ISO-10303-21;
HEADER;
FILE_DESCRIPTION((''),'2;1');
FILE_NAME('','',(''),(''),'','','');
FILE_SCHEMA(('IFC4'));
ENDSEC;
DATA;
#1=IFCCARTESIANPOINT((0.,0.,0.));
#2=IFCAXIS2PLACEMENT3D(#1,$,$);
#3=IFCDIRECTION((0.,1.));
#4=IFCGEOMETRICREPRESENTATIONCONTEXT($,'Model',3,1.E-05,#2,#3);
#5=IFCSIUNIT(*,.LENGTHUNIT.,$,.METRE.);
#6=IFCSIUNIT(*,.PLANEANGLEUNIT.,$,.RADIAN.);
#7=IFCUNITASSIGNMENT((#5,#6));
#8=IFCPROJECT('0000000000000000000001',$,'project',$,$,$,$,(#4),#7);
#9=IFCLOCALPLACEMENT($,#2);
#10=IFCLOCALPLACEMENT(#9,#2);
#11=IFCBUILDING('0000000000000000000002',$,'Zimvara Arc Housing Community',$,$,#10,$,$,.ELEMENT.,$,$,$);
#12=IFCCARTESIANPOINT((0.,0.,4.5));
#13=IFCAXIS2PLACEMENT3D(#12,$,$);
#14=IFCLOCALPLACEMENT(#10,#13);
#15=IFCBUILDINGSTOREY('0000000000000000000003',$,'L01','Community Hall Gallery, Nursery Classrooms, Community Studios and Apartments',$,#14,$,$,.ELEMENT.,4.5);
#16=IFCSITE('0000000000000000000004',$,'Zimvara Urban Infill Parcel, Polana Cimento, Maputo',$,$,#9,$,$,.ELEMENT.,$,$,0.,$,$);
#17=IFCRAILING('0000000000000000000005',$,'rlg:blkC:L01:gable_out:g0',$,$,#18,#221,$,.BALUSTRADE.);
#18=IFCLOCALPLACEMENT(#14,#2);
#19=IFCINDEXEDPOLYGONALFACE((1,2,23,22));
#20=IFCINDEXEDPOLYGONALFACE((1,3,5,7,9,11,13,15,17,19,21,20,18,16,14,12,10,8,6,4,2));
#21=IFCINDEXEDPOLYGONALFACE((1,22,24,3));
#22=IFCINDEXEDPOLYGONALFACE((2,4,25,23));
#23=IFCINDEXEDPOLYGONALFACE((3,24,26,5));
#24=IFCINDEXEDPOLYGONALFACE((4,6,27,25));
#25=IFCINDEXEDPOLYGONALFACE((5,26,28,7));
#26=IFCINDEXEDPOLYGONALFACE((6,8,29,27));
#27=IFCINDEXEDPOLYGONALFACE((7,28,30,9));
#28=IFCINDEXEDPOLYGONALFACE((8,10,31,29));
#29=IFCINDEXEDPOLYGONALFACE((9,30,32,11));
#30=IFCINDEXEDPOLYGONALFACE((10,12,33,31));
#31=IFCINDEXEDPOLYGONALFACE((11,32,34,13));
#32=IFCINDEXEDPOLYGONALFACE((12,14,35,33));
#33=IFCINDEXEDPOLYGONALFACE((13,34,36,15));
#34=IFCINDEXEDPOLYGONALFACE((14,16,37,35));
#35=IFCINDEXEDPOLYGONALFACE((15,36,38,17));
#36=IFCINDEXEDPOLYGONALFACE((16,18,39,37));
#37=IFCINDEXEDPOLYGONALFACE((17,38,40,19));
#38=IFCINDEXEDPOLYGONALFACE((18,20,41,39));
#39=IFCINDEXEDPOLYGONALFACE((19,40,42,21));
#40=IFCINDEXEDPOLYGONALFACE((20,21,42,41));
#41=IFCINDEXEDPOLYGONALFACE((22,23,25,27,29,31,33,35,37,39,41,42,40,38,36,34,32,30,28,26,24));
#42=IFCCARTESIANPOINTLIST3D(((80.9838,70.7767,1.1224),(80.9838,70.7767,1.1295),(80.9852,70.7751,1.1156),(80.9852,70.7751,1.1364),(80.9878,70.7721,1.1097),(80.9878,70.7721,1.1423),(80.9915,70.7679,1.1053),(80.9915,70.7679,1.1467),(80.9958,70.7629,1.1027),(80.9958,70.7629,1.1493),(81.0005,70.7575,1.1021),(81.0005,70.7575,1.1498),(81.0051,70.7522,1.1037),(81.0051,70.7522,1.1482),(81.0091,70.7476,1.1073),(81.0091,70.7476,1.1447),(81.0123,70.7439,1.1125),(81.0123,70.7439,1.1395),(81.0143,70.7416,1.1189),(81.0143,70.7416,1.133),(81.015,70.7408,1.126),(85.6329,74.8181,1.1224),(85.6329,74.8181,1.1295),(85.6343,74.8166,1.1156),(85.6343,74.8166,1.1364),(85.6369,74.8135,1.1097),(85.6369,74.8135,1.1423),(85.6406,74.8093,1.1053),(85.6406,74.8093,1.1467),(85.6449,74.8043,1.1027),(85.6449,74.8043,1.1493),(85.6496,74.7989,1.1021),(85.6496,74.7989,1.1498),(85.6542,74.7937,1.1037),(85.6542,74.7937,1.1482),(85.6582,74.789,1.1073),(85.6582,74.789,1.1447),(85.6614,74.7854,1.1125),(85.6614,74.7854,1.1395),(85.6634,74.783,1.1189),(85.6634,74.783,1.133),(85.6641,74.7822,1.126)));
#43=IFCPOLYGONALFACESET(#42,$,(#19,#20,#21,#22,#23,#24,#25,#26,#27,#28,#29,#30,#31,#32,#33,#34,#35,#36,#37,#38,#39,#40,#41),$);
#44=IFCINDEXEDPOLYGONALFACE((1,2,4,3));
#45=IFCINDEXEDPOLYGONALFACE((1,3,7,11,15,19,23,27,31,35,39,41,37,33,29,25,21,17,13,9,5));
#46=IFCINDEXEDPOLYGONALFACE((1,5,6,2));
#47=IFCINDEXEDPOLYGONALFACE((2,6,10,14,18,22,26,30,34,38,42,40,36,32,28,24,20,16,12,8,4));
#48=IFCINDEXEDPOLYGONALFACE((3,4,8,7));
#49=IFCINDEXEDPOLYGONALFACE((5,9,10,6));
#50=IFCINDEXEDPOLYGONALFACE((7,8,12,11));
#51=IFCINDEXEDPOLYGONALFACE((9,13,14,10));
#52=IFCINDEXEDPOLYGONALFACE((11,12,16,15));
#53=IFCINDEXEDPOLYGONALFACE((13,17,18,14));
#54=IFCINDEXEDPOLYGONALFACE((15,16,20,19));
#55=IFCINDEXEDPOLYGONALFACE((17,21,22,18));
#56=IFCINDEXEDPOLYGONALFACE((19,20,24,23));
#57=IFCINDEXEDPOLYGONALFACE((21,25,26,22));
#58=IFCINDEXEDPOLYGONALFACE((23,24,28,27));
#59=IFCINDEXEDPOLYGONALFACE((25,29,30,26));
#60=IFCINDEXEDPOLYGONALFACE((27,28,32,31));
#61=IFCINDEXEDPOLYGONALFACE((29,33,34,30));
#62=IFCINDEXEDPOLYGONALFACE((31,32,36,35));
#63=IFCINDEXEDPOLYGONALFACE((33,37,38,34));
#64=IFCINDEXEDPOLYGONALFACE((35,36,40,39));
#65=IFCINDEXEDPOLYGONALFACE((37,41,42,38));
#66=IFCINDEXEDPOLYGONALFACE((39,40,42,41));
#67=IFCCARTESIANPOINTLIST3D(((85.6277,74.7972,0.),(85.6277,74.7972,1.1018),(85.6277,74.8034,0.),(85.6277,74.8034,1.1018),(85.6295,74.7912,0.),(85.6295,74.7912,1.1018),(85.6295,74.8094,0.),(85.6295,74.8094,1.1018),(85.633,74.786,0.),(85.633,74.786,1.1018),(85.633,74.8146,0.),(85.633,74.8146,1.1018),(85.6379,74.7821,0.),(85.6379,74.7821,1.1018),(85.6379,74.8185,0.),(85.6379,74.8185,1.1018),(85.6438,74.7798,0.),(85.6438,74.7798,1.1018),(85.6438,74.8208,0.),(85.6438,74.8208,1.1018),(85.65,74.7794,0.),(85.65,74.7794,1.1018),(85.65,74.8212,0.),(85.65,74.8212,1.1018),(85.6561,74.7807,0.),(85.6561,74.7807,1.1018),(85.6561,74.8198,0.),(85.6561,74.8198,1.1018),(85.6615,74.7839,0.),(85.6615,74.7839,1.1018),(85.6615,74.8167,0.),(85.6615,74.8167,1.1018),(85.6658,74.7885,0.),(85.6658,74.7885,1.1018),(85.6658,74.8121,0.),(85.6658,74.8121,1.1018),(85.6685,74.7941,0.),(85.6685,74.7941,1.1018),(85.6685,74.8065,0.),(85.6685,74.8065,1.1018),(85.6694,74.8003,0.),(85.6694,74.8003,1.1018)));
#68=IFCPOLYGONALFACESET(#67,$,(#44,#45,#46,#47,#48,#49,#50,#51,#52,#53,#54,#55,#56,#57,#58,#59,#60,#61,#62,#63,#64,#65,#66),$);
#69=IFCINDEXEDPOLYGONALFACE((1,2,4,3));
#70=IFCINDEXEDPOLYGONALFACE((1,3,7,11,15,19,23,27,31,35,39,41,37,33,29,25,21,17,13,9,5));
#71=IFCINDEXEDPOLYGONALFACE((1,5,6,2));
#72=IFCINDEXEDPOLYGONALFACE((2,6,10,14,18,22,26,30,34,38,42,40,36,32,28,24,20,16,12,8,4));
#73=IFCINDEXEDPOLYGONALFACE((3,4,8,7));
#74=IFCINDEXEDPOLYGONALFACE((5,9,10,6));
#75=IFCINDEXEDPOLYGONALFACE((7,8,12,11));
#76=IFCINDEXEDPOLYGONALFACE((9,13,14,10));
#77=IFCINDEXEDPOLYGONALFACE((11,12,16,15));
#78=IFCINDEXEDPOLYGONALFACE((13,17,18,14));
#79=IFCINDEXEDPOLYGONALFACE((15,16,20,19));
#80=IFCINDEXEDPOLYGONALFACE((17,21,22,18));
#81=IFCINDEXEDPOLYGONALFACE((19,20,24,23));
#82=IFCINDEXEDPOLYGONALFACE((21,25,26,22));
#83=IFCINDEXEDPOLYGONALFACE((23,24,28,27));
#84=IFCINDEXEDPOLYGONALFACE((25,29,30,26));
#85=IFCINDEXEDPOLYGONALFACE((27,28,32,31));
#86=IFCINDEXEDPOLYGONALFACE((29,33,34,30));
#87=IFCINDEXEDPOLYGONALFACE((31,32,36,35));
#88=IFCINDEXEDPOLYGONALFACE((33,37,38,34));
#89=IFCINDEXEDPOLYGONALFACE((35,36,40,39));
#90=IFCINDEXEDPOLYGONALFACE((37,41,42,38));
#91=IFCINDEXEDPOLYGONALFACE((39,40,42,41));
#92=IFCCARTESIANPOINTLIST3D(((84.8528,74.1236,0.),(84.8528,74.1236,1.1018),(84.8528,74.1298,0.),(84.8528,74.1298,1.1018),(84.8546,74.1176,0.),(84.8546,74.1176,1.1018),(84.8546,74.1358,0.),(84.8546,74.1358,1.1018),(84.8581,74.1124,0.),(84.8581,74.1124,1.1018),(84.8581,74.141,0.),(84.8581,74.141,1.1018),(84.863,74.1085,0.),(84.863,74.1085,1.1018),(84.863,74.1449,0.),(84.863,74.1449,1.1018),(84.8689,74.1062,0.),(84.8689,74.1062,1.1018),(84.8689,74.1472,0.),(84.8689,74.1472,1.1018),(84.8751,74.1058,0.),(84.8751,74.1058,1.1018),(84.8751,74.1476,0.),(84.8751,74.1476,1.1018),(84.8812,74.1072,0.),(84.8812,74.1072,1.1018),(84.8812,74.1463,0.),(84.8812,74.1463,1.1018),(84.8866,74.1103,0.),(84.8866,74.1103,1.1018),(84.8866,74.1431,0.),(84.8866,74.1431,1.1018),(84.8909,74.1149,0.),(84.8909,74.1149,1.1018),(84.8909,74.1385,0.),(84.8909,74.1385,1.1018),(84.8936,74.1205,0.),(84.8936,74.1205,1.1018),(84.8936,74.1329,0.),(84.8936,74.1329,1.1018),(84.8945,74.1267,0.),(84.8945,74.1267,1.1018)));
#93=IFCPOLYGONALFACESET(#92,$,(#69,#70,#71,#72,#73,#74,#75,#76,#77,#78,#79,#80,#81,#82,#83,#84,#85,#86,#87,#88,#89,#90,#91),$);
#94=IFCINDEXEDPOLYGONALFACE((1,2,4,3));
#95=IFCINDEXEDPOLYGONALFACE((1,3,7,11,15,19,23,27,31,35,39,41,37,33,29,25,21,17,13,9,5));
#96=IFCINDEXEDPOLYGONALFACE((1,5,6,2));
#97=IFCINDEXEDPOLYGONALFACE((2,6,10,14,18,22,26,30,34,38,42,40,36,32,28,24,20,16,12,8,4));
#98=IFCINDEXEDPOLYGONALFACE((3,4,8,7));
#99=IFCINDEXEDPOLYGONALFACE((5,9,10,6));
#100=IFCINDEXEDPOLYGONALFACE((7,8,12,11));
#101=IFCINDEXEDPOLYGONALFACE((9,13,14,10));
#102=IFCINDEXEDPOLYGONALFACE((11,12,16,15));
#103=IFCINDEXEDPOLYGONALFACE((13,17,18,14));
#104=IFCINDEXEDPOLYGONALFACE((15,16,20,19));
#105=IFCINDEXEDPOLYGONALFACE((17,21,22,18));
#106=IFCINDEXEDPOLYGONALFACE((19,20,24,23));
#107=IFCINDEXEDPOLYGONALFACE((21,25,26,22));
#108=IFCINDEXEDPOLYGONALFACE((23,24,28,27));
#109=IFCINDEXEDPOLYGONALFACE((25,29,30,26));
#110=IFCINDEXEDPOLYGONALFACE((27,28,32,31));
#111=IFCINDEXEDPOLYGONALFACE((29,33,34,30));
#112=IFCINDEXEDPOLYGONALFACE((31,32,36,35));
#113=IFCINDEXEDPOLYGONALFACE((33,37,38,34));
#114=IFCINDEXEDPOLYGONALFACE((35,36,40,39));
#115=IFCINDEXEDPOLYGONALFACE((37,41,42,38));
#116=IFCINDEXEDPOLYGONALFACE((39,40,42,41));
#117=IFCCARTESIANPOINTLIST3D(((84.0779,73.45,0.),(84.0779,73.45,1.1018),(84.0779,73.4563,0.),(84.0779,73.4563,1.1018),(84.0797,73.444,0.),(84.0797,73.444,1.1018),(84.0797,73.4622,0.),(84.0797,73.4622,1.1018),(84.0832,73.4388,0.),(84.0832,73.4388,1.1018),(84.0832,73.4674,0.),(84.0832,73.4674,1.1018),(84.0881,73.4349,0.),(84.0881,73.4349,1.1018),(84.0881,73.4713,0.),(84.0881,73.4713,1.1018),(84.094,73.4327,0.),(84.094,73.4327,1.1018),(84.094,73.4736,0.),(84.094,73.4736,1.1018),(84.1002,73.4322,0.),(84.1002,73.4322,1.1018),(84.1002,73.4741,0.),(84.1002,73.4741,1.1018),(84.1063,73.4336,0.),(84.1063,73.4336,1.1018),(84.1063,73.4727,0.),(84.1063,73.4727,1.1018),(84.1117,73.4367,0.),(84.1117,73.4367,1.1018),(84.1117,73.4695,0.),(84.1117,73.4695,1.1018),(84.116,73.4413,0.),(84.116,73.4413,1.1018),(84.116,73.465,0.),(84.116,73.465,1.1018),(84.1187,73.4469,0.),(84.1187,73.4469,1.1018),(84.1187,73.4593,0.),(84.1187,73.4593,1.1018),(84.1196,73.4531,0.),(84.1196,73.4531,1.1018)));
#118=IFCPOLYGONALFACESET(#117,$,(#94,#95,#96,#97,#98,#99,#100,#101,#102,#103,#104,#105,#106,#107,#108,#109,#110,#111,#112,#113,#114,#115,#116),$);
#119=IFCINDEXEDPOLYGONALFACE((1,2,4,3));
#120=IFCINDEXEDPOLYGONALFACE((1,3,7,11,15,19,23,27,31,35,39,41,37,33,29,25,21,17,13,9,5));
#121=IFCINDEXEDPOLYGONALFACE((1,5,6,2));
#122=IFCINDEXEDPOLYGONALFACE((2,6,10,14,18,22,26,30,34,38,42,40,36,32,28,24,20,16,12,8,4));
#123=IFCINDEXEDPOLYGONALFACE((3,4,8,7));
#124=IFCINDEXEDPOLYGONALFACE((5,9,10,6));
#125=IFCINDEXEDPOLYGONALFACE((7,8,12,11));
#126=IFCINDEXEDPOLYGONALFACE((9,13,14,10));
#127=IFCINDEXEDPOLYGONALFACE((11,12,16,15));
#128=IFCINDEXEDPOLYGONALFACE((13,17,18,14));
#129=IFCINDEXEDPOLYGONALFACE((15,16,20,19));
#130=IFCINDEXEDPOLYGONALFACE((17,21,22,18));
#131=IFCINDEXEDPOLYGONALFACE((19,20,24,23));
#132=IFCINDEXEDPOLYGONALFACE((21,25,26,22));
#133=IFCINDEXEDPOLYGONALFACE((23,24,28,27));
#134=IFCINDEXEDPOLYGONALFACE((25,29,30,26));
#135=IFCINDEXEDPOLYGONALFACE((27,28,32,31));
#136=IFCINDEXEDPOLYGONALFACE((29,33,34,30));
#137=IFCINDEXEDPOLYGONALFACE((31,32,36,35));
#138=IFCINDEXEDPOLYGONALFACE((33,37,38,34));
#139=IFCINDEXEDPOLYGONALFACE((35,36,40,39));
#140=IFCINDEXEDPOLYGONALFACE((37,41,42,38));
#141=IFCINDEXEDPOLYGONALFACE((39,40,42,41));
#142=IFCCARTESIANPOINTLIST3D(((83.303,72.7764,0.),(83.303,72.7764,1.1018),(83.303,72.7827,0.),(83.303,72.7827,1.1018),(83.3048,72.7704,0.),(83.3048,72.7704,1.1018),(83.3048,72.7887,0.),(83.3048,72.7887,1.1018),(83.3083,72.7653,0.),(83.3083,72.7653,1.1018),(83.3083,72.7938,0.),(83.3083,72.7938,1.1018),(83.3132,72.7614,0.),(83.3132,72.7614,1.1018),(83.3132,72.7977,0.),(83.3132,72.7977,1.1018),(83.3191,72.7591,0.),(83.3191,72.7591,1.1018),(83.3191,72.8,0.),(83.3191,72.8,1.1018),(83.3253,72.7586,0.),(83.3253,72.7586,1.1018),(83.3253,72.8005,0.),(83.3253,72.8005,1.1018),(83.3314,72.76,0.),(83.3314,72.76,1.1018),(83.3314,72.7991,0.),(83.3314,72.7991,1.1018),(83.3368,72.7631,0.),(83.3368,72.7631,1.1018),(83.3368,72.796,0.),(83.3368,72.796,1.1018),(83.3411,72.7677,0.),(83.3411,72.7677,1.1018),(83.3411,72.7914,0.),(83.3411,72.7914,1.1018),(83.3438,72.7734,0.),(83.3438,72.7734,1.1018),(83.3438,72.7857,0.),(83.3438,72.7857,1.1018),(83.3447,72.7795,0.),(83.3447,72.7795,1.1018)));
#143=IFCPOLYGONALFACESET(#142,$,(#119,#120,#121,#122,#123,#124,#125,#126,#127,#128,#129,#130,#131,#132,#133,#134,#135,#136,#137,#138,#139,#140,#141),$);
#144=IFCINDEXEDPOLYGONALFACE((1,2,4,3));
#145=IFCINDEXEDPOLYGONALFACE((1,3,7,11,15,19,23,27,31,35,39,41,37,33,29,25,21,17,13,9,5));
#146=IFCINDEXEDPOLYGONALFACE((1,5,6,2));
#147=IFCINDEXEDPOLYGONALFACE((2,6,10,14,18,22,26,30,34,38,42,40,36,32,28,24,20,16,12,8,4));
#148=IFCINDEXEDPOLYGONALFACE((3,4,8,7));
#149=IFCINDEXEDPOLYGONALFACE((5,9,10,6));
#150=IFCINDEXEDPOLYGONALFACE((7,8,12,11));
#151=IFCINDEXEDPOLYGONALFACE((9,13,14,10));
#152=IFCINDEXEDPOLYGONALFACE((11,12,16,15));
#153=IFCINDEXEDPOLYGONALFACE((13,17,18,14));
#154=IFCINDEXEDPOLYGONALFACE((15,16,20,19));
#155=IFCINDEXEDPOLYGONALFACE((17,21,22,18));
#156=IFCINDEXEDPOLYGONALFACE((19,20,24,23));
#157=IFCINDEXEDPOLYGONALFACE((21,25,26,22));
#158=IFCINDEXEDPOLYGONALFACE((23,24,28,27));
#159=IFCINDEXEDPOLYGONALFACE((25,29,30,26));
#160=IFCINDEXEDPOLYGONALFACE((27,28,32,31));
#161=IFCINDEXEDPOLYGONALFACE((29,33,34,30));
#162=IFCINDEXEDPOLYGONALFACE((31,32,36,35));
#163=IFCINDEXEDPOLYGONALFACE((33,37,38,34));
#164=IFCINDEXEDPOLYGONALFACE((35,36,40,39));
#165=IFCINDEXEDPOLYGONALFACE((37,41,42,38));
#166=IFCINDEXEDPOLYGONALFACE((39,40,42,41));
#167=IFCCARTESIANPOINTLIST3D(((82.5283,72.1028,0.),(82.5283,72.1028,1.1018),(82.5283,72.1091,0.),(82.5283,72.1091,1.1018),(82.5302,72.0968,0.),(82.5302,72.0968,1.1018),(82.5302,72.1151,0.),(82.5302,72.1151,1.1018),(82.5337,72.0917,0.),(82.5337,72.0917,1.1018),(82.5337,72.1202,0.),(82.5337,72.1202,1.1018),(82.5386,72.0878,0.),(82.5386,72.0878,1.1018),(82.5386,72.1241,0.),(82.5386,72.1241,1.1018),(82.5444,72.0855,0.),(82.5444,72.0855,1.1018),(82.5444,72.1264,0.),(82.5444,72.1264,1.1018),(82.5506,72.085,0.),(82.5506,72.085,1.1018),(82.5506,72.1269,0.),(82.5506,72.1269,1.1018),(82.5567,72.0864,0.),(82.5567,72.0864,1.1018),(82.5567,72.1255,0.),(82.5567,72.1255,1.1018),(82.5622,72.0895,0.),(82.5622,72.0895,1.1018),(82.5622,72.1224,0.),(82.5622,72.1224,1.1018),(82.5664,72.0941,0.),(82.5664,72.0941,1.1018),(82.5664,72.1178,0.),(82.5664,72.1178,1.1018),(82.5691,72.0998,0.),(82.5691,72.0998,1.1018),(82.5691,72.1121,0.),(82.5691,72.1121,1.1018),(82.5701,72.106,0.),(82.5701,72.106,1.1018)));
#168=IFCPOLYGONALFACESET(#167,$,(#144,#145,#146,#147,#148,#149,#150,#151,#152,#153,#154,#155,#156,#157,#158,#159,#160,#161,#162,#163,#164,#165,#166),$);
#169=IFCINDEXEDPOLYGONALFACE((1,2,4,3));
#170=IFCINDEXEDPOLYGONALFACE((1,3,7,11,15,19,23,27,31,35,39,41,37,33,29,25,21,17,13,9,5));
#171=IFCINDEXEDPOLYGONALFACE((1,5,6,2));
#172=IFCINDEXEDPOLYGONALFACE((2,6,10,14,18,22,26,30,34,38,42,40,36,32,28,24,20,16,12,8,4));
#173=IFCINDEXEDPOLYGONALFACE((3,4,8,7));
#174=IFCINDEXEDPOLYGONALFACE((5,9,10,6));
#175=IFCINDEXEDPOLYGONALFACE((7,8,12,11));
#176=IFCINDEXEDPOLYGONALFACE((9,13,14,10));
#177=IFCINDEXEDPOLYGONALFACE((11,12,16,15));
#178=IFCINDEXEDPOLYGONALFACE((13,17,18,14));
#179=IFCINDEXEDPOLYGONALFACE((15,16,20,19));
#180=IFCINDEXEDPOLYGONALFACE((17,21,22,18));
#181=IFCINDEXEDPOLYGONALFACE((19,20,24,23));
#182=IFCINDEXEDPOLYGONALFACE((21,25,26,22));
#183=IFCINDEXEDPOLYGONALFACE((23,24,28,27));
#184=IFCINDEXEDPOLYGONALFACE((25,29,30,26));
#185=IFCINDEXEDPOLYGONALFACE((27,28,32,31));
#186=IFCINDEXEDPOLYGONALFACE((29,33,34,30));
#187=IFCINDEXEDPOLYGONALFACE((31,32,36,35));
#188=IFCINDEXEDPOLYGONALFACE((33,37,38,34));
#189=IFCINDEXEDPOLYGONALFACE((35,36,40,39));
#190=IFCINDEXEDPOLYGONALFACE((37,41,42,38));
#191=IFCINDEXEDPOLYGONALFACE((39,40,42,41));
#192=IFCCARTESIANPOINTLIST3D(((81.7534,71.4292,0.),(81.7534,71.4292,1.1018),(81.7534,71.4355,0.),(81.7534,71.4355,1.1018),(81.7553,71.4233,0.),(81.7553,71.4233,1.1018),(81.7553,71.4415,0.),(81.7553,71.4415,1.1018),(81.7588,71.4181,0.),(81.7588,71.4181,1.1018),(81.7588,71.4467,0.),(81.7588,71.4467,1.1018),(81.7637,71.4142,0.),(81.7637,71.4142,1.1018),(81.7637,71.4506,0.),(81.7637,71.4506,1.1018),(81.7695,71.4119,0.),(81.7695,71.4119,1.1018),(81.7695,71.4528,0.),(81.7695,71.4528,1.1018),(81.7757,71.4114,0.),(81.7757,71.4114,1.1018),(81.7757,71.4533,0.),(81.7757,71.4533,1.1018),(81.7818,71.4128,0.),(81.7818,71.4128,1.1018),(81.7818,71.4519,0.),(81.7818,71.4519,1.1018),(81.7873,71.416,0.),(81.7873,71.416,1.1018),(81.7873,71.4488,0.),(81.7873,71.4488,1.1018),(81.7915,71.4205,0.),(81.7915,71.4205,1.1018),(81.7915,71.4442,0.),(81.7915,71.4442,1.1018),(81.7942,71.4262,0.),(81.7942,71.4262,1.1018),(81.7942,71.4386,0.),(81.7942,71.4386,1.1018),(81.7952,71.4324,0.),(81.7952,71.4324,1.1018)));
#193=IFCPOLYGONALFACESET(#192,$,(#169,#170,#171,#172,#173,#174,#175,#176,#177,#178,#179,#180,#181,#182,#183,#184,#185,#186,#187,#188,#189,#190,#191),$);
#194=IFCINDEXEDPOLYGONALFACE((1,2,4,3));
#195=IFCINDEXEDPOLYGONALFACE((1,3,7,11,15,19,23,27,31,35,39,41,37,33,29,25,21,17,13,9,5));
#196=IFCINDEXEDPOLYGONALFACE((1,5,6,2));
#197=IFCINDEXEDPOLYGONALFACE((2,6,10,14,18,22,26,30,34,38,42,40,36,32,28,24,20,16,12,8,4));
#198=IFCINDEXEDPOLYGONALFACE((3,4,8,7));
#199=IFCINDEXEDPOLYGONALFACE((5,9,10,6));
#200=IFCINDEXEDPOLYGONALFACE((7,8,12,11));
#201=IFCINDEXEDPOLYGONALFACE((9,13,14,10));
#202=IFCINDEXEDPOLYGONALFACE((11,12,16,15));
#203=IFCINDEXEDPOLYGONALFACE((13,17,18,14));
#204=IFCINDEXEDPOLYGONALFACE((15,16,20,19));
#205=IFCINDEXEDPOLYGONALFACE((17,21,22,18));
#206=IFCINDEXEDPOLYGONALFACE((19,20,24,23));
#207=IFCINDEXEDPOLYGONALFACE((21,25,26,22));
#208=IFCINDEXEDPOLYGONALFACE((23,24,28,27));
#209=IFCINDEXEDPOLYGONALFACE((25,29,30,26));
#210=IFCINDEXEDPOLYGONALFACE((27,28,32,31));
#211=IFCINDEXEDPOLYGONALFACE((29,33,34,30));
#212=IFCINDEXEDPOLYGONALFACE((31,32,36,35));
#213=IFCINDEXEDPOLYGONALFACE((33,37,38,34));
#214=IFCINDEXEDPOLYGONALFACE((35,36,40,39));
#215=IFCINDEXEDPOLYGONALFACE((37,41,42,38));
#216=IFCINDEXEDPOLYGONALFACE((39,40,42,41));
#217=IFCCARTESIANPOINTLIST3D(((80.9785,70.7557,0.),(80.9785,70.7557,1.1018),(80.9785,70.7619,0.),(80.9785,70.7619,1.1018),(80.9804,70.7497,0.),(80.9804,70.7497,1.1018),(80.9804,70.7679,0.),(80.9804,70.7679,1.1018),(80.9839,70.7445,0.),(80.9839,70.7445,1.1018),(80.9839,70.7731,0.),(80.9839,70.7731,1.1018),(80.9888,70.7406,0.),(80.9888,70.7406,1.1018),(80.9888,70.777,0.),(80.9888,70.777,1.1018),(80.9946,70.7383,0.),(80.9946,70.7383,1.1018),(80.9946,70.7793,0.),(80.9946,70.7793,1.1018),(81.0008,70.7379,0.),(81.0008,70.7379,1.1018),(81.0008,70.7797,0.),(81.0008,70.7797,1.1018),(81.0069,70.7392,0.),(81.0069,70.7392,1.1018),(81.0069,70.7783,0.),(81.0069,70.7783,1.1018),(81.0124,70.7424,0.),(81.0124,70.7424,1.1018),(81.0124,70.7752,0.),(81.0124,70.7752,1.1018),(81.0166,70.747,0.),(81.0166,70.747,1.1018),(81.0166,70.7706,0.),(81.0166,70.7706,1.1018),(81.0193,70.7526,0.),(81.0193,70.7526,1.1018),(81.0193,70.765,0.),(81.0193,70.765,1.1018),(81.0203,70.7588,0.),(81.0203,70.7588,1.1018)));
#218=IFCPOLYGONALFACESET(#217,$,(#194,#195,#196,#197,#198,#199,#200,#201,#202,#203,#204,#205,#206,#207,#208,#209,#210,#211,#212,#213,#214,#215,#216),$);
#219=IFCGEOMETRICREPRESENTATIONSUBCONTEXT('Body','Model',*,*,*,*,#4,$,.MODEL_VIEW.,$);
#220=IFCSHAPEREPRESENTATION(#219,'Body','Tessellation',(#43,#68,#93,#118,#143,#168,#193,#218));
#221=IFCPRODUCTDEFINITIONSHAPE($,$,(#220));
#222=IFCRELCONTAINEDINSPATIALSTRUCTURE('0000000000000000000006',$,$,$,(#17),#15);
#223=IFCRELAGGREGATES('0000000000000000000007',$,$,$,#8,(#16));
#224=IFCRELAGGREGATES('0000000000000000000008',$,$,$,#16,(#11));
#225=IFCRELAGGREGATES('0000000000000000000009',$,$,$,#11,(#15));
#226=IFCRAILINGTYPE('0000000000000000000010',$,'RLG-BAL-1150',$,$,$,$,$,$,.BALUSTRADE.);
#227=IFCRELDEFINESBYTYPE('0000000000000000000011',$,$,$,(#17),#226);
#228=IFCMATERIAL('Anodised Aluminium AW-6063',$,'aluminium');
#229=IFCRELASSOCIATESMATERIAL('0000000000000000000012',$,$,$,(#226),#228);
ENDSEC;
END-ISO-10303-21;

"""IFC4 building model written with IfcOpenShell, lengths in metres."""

from ifc_helpers import new_model, si_unit, direction, frame, origin, origin_2d, place, context, subcontext, project, spatial, circle, extrude, material, type_object, element, save


model = new_model("IFC4")

# Units and contexts
model_context = context("Model", 3, precision=1e-05, world=origin(), true_north=direction((0.0, 1.0)))
body_context = subcontext(model_context, "Body", "Model", "MODEL_VIEW")
ifc_project = project(units=[si_unit("LENGTHUNIT", "METRE"), si_unit("PLANEANGLEUNIT", "RADIAN")], contexts=[model_context])

# Site, building, storey
site_placement = place(None, origin())
site = spatial("IfcSite", under=ifc_project, at=site_placement, Name="Zimvara Urban Infill Parcel, Polana Cimento, Maputo", CompositionType="ELEMENT", RefElevation=0.0)
building_placement = place(site_placement, origin())
building = spatial("IfcBuilding", under=site, at=building_placement, Name="Zimvara Arc Housing Community", CompositionType="ELEMENT")
storey_placement = place(building_placement, frame((0.0, 0.0, 4.5)))
storey = spatial("IfcBuildingStorey", under=building, at=storey_placement, Name="L01", Description="Community Hall Gallery, Nursery Classrooms, Community Studios and Apartments", CompositionType="ELEMENT", Elevation=4.5)

# Railing
ifc_material_1 = material(Name="Anodised Aluminium AW-6063", Category="aluminium")
railing_type = type_object("IfcRailingType", Name="RLG-BAL-1150", PredefinedType="BALUSTRADE", material=ifc_material_1)
railing_1_placement = place(storey_placement, frame((85.6484, 74.8003, 0.0)))
element("IfcRailing", 1, at=railing_1_placement, inside=storey, type_object=railing_type, Name="rlg:blkC:L01:gable_out:g0", PredefinedType="BALUSTRADE", context=body_context, shape_type="SweptSolid", body=[
    extrude(circle(Radius=0.0239, at=origin_2d()), frame((0.0, 0.0, 1.126), z_axis=(-0.754706, -0.656063, 0.0), x_axis=(0.656063, -0.754706, 0.0)), (0.0, 0.0, 1.0), 6.1602),
    extrude(circle(Radius=0.021, at=origin_2d()), origin(), (0.0, 0.0, 1.0), 1.1018),
    extrude(circle(Radius=0.021, at=origin_2d()), frame((-0.7749, -0.6736, 0.0)), (0.0, 0.0, 1.0), 1.1018),
    extrude(circle(Radius=0.021, at=origin_2d()), frame((-1.5498, -1.3472, 0.0)), (0.0, 0.0, 1.0), 1.1018),
    extrude(circle(Radius=0.021, at=origin_2d()), frame((-2.3247, -2.0208, 0.0)), (0.0, 0.0, 1.0), 1.1018),
    extrude(circle(Radius=0.021, at=origin_2d()), frame((-3.0994, -2.6943, 0.0)), (0.0, 0.0, 1.0), 1.1018),
    extrude(circle(Radius=0.021, at=origin_2d()), frame((-3.8743, -3.3679, 0.0)), (0.0, 0.0, 1.0), 1.1018),
    extrude(circle(Radius=0.021, at=origin_2d()), frame((-4.6492, -4.0415, 0.0)), (0.0, 0.0, 1.0), 1.1018),
])

save(model, "model.ifc")
